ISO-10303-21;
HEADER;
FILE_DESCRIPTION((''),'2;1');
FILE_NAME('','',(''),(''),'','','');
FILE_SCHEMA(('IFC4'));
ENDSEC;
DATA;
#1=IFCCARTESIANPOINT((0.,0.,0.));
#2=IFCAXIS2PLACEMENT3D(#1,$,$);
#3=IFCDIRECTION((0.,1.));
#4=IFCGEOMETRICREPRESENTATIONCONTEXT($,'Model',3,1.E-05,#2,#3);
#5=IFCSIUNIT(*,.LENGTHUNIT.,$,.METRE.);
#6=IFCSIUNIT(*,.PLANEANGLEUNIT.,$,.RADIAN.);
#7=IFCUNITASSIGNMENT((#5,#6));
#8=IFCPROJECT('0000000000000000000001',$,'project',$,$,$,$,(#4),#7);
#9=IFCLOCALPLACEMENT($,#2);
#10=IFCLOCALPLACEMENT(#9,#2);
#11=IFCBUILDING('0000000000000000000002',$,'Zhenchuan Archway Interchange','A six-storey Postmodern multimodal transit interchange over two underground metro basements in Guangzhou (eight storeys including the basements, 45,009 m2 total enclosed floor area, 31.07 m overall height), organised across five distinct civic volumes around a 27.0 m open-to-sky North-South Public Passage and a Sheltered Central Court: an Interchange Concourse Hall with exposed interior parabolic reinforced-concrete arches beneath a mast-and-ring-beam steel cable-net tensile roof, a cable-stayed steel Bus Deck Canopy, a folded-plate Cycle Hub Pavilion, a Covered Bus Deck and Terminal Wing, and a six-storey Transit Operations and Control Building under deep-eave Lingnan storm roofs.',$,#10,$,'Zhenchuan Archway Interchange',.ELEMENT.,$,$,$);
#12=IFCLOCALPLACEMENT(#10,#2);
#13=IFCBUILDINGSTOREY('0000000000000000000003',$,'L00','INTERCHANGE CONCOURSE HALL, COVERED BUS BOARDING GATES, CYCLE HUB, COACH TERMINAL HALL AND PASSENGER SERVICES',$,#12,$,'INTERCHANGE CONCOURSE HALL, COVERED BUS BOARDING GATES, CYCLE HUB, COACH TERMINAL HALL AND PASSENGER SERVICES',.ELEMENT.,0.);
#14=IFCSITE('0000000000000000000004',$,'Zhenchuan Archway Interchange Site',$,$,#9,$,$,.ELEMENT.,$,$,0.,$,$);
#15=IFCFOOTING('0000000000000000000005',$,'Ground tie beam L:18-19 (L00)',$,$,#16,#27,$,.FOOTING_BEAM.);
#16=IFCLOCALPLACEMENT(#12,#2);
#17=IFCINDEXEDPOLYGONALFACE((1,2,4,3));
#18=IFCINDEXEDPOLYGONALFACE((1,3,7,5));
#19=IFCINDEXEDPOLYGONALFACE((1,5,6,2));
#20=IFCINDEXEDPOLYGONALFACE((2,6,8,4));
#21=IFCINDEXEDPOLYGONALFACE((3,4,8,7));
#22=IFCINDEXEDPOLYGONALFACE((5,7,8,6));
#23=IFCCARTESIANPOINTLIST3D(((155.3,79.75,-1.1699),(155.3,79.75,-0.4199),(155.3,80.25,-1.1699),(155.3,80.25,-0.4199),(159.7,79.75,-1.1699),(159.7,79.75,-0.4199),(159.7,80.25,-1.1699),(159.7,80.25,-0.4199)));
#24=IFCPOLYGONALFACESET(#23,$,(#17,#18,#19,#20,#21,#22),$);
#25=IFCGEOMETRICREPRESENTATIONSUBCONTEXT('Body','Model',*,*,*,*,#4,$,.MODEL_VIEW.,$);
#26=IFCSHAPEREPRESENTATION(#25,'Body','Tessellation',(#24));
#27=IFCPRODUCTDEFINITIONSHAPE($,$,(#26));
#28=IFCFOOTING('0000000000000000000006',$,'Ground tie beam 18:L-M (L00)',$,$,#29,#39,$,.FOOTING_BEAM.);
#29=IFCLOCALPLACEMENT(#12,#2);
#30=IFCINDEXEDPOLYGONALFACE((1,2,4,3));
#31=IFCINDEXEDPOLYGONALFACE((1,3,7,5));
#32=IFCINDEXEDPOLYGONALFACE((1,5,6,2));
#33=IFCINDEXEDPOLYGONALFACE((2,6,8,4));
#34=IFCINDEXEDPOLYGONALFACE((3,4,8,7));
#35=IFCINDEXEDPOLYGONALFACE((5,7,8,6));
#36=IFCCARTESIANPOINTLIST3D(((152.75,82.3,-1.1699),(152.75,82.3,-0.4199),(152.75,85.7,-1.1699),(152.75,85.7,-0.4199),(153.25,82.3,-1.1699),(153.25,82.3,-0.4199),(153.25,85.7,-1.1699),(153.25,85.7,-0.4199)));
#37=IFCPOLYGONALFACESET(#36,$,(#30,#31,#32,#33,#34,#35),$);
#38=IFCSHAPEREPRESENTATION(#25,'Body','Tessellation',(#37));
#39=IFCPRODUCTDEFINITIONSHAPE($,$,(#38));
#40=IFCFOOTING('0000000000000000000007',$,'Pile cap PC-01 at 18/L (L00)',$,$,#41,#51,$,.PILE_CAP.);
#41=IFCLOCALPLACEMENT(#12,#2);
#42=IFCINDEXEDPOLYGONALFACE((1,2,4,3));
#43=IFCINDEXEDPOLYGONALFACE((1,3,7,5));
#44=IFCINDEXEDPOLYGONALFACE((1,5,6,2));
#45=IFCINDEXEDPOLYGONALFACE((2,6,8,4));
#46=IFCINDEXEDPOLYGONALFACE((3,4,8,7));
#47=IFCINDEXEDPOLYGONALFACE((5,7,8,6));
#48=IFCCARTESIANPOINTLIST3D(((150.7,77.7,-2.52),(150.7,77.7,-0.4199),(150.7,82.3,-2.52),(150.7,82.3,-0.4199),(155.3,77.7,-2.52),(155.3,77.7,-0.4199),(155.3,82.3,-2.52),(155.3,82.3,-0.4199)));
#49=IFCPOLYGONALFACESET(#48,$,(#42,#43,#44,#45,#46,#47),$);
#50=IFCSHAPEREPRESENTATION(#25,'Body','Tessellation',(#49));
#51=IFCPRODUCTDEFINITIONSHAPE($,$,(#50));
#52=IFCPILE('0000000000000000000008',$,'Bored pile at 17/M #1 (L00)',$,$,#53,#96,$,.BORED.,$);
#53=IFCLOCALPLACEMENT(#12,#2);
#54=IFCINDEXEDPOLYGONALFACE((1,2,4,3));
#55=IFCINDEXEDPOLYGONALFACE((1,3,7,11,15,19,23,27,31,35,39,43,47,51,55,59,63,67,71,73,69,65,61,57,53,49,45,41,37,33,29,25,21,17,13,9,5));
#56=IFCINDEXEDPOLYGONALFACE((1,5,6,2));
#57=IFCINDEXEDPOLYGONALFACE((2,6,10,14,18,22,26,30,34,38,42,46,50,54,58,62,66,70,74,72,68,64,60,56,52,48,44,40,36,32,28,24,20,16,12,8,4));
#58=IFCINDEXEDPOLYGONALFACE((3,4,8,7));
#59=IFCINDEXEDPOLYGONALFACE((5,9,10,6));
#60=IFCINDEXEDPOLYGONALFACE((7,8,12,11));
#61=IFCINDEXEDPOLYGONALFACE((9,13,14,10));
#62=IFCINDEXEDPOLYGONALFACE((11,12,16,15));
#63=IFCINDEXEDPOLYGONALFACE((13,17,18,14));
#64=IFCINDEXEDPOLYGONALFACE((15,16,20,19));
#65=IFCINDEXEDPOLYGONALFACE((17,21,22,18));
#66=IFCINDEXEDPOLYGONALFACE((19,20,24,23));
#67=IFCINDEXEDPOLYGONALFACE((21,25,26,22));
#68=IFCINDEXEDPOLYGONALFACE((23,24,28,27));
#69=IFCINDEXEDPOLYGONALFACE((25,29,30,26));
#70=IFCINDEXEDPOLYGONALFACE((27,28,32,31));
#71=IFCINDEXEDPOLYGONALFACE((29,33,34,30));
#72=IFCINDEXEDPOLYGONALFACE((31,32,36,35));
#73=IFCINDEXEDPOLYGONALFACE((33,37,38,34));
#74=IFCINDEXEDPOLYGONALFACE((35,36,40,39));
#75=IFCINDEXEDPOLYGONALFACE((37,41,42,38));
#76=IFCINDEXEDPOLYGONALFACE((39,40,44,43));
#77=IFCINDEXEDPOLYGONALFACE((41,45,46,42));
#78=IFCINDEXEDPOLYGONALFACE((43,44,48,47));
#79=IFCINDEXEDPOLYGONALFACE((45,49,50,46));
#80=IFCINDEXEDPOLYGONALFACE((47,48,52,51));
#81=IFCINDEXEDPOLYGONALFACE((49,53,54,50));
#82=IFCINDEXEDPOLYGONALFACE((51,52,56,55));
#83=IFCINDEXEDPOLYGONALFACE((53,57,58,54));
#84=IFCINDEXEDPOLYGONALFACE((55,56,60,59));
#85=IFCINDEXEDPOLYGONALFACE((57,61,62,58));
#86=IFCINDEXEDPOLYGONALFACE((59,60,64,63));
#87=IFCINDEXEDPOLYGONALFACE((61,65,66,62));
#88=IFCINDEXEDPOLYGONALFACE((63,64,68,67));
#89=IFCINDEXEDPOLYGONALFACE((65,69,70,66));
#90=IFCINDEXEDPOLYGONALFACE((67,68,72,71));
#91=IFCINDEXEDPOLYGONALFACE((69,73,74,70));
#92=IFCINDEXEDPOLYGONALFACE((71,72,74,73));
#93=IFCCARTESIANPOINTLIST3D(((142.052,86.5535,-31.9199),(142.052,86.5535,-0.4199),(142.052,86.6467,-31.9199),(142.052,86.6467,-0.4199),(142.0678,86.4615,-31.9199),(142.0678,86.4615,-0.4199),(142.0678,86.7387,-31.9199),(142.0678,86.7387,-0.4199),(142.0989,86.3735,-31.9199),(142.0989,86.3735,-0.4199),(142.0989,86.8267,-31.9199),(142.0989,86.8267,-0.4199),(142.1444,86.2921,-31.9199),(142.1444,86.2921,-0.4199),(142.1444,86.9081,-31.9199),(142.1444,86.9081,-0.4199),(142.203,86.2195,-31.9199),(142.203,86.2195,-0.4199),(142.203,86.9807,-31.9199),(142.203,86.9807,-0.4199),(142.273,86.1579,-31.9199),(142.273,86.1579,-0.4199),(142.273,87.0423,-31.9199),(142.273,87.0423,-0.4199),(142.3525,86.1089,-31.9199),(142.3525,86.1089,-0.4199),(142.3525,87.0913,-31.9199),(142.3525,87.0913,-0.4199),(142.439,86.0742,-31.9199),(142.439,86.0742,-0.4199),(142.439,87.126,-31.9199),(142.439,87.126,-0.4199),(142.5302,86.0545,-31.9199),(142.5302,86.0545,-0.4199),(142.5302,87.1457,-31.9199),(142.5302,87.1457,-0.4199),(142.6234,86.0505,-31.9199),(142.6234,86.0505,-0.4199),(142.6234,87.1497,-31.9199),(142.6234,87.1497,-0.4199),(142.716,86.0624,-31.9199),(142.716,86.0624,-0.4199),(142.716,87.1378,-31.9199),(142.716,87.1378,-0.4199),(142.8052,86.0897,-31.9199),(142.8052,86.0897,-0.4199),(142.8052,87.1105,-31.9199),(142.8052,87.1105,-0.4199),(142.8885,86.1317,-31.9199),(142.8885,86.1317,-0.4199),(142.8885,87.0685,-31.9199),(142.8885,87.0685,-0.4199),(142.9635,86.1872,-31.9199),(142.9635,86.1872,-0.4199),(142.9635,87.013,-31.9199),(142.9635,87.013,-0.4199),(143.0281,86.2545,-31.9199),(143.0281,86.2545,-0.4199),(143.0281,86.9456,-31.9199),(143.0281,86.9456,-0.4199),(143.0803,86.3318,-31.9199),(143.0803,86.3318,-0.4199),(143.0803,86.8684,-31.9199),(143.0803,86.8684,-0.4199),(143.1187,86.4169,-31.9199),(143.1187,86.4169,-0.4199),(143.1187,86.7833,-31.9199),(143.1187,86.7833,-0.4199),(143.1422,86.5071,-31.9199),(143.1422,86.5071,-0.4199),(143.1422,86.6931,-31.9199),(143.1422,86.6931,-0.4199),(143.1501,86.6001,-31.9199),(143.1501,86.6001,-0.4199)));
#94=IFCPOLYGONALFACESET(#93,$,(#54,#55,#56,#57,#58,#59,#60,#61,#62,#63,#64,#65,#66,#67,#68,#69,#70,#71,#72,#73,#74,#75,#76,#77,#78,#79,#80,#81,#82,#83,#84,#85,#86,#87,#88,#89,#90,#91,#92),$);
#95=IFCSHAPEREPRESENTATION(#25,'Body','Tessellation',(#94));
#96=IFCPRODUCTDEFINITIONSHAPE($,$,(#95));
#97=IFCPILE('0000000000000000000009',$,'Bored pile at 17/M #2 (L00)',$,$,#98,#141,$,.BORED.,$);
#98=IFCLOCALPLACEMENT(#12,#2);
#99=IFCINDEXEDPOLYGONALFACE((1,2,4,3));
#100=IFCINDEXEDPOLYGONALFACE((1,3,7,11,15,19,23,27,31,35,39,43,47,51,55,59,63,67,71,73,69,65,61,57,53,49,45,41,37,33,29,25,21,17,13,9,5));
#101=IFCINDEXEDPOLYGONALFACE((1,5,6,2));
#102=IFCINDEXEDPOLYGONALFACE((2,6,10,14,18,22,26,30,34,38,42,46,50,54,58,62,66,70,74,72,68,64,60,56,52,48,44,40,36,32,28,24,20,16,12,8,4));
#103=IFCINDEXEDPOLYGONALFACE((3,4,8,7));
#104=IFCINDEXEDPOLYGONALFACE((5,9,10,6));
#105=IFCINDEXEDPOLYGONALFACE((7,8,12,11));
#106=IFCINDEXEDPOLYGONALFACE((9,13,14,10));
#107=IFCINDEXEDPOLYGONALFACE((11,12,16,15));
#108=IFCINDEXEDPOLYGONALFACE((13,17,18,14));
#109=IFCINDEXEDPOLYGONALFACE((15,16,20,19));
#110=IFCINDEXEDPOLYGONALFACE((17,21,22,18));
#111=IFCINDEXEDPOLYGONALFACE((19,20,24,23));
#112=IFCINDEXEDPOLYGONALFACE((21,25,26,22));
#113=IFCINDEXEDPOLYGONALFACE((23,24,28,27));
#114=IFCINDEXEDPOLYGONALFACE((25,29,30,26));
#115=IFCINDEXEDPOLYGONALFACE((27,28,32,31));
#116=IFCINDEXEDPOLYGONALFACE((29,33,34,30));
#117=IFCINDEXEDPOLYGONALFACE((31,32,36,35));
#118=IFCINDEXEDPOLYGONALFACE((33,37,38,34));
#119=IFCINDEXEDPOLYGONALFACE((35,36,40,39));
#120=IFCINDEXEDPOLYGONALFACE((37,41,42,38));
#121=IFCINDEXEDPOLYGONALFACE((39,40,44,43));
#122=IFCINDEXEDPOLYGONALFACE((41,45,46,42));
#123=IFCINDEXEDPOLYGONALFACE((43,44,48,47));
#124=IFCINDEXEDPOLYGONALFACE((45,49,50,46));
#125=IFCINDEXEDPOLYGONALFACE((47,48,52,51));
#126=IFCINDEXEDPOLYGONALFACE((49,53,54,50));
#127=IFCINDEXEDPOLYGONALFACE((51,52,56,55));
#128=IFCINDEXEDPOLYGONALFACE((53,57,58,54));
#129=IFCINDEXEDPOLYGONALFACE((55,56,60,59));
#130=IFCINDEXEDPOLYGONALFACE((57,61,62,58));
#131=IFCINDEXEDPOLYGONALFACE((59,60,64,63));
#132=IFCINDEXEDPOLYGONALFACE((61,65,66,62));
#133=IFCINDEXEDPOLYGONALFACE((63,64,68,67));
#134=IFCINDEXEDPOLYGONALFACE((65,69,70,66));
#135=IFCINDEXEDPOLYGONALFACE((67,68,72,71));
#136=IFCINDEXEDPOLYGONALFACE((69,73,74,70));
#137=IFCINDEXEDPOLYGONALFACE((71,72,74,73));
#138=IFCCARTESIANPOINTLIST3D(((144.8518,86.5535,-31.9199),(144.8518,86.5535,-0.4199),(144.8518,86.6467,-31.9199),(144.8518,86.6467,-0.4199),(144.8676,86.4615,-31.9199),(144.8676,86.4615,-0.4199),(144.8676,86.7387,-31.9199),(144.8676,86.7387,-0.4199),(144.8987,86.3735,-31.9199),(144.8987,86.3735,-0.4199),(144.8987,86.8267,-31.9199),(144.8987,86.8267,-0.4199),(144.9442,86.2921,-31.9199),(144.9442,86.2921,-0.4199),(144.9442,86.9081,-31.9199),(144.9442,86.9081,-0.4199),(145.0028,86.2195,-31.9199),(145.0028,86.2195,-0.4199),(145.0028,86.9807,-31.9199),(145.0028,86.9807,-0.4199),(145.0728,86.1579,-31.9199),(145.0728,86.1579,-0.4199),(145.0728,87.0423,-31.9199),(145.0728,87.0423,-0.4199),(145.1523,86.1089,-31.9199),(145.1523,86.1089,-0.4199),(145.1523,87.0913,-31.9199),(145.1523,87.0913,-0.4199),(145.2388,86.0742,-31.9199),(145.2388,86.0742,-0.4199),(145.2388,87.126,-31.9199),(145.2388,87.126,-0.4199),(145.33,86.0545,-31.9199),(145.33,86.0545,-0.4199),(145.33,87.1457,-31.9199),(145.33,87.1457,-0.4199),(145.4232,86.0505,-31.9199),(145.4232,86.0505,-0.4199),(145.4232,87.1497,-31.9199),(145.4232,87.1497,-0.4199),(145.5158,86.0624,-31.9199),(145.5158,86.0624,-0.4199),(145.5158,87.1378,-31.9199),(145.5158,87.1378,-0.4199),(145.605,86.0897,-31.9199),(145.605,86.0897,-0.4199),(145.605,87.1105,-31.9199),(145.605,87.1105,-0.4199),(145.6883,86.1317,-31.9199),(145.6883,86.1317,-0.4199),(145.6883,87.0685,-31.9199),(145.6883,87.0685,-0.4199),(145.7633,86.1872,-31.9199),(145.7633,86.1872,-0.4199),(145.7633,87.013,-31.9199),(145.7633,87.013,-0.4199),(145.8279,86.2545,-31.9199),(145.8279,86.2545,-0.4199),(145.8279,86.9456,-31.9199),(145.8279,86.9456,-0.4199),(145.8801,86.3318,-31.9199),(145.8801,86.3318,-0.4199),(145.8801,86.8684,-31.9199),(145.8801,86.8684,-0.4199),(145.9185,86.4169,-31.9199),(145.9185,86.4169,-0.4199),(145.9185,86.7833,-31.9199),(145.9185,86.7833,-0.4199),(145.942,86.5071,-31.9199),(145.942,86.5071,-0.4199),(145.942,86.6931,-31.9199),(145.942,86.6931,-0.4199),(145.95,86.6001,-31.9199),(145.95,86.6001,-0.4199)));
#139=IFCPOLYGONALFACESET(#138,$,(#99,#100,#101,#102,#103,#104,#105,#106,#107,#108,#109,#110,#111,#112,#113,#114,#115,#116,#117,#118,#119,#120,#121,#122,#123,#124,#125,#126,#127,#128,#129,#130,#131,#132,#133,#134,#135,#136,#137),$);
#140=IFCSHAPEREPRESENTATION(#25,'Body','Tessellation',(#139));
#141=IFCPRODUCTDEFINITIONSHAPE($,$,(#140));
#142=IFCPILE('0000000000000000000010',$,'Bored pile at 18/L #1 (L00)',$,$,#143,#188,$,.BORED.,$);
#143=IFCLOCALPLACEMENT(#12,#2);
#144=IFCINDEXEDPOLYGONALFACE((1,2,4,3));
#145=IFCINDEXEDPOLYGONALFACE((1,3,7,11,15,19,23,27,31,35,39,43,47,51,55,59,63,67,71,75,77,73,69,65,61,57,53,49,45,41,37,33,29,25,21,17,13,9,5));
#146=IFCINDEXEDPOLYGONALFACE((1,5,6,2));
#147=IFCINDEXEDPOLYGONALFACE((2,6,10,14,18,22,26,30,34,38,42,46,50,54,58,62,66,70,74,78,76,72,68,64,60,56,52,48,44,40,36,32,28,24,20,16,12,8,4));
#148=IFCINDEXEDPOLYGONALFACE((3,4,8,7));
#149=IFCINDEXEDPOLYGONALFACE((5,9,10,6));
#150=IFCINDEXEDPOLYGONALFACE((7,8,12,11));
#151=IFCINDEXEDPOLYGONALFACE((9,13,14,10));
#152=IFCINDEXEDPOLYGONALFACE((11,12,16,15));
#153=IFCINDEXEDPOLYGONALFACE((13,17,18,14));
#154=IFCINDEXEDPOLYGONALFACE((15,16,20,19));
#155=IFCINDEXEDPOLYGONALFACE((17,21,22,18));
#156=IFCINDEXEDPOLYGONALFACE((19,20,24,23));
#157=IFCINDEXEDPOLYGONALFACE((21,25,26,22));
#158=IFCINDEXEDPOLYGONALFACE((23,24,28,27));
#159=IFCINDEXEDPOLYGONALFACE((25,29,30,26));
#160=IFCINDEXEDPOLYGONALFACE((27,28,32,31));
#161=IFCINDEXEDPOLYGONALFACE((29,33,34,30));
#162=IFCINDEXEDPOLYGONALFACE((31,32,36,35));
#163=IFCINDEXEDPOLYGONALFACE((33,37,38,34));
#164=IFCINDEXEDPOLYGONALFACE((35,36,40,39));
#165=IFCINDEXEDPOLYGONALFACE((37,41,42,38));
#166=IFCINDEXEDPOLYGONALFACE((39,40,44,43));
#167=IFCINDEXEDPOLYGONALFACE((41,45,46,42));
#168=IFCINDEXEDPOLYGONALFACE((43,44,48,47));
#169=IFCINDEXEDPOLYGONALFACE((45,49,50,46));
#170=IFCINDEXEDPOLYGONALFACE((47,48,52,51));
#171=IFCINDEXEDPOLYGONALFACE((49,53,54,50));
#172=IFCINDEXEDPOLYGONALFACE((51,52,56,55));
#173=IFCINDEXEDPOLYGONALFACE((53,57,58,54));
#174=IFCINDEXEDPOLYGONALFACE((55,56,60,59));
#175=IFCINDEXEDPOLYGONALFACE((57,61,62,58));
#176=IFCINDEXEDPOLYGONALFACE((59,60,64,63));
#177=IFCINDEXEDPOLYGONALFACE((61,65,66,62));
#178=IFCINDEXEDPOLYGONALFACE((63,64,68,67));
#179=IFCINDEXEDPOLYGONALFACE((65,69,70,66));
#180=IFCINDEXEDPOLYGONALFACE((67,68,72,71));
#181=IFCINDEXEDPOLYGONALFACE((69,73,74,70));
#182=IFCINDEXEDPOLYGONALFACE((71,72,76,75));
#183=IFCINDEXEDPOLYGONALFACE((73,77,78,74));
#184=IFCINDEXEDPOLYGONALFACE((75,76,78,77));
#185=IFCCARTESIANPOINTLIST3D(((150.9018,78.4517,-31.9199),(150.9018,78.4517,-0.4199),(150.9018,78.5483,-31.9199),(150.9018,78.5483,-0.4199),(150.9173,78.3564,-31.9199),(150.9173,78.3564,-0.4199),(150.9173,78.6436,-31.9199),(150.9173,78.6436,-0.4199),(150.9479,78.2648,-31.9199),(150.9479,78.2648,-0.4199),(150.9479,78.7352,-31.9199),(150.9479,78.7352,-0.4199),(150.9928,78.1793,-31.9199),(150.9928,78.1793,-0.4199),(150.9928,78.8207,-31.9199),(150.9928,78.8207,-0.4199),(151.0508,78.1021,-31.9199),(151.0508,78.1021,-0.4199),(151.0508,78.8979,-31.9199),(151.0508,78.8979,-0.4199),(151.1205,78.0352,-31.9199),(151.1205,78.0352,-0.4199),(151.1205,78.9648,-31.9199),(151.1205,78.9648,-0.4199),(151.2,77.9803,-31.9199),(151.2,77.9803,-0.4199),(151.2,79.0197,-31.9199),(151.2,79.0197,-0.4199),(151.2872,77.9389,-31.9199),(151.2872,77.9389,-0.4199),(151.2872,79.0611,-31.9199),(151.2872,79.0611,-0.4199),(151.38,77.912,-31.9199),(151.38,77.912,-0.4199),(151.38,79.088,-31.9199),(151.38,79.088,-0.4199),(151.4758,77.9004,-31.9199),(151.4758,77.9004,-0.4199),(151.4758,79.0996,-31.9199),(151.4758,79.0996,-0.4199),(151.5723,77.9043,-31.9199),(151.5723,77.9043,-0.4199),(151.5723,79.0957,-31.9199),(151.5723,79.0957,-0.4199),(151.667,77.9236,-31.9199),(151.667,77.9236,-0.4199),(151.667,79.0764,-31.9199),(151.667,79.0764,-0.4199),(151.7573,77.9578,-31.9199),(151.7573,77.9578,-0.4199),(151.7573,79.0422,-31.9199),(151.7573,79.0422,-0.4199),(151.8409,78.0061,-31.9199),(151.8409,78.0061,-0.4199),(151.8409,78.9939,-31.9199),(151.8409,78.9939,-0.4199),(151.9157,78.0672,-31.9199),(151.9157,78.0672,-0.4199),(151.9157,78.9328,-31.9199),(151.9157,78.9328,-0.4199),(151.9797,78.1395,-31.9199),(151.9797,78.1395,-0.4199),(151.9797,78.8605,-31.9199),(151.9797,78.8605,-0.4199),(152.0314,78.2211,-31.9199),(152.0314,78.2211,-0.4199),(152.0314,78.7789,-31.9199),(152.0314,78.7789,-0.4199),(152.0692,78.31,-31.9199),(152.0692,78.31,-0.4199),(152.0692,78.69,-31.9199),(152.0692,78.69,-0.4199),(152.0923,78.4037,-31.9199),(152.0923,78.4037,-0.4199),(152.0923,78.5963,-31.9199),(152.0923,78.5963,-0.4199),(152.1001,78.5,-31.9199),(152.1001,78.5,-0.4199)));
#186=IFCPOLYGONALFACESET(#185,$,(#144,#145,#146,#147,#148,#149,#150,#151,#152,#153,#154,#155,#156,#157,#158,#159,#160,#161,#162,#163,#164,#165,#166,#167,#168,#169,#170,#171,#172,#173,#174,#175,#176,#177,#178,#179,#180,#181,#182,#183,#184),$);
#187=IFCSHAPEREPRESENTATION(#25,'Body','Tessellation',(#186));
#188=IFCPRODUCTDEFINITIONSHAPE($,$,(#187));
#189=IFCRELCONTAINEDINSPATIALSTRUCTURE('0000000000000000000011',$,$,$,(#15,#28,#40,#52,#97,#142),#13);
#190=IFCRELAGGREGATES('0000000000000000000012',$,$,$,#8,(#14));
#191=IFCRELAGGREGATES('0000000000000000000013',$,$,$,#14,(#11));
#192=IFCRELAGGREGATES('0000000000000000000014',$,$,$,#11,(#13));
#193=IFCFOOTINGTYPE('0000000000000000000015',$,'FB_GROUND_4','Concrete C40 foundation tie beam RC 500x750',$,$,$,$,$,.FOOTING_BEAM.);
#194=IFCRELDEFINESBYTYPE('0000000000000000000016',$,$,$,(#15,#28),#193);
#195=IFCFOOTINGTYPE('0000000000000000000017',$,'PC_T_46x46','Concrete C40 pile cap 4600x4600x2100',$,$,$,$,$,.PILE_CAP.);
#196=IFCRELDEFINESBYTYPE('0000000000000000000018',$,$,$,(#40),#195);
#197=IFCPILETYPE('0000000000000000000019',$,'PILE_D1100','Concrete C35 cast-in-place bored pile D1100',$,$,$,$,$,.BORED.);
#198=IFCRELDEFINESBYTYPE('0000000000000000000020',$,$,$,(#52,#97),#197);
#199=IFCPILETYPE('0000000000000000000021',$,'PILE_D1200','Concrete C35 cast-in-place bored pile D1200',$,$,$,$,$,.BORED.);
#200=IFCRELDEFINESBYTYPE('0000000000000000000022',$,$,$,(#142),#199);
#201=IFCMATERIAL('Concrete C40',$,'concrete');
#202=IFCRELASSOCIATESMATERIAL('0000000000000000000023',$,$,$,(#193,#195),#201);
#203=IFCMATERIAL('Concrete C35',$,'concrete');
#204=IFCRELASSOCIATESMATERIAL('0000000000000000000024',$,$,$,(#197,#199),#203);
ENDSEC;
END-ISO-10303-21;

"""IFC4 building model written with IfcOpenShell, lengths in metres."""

from ifc_helpers import new_model, si_unit, direction, frame, origin, origin_2d, place, context, subcontext, project, spatial, rectangle, circle, extrude, material, material_profile, profile_set, type_object, element, save


model = new_model("IFC4")

# Units and contexts
model_context = context("Model", 3, precision=1e-05, world=origin(), true_north=direction((0.0, 1.0)))
body_context = subcontext(model_context, "Body", "Model", "MODEL_VIEW")
ifc_project = project(units=[si_unit("LENGTHUNIT", "METRE"), si_unit("PLANEANGLEUNIT", "RADIAN")], contexts=[model_context])

# Site, building, storey
site_placement = place(None, origin())
site = spatial("IfcSite", under=ifc_project, at=site_placement, Name="Zhenchuan Archway Interchange Site", CompositionType="ELEMENT", RefElevation=0.0)
building_placement = place(site_placement, origin())
building = spatial("IfcBuilding", under=site, at=building_placement, Name="Zhenchuan Archway Interchange", Description="A six-storey Postmodern multimodal transit interchange over two underground metro basements in Guangzhou (eight storeys including the basements, 45,009 m2 total enclosed floor area, 31.07 m overall height), organised across five distinct civic volumes around a 27.0 m open-to-sky North-South Public Passage and a Sheltered Central Court: an Interchange Concourse Hall with exposed interior parabolic reinforced-concrete arches beneath a mast-and-ring-beam steel cable-net tensile roof, a cable-stayed steel Bus Deck Canopy, a folded-plate Cycle Hub Pavilion, a Covered Bus Deck and Terminal Wing, and a six-storey Transit Operations and Control Building under deep-eave Lingnan storm roofs.", LongName="Zhenchuan Archway Interchange", CompositionType="ELEMENT")
storey_placement = place(building_placement, origin())
storey = spatial("IfcBuildingStorey", under=building, at=storey_placement, Name="L00", Description="INTERCHANGE CONCOURSE HALL, COVERED BUS BOARDING GATES, CYCLE HUB, COACH TERMINAL HALL AND PASSENGER SERVICES", LongName="INTERCHANGE CONCOURSE HALL, COVERED BUS BOARDING GATES, CYCLE HUB, COACH TERMINAL HALL AND PASSENGER SERVICES", CompositionType="ELEMENT", Elevation=0.0)

# Footings
ifc_material_1 = material(Name="Concrete C40", Category="concrete")
ifc_material_profile_1 = material_profile(ifc_material_1, rectangle(XDim=0.5, YDim=0.75, at=origin_2d()), Name="RC 500x750")
ifc_profile_set_1 = profile_set([ifc_material_profile_1], Name="Concrete C40")
footing_type_1 = type_object("IfcFootingType", Name="FB_GROUND_4", Description="Concrete C40 foundation tie beam RC 500x750", PredefinedType="FOOTING_BEAM", material=ifc_profile_set_1)
footing_1_placement = place(storey_placement, frame((155.3, 80.0, -0.7949), z_axis=(1.0, 0.0, 0.0), x_axis=(0.0, 1.0, 0.0)))
element("IfcFooting", 1, at=footing_1_placement, inside=storey, type_object=footing_type_1, Name="Ground tie beam L:18-19 (L00)", PredefinedType="FOOTING_BEAM", context=body_context, shape_type="SweptSolid", body=[
    extrude(rectangle(XDim=0.5, YDim=0.75, at=origin_2d()), origin(), (0.0, 0.0, 1.0), 4.3999),
])
footing_2_placement = place(storey_placement, frame((153.0, 82.3, -0.7949), z_axis=(0.0, 1.0, 0.0), x_axis=(-1.0, 0.0, 0.0)))
element("IfcFooting", 2, at=footing_2_placement, inside=storey, type_object=footing_type_1, Name="Ground tie beam 18:L-M (L00)", PredefinedType="FOOTING_BEAM", context=body_context, shape_type="SweptSolid", body=[
    extrude(rectangle(XDim=0.5, YDim=0.75, at=origin_2d()), origin(), (0.0, 0.0, 1.0), 3.3999),
])
footing_type_2 = type_object("IfcFootingType", Name="PC_T_46x46", Description="Concrete C40 pile cap 4600x4600x2100", PredefinedType="PILE_CAP", material=ifc_material_1)
footing_3_placement = place(storey_placement, frame((153.0, 80.0, -2.52), z_axis=(0.0, 0.0, 1.0), x_axis=(1.0, 0.0, 0.0)))
element("IfcFooting", 3, at=footing_3_placement, inside=storey, type_object=footing_type_2, Name="Pile cap PC-01 at 18/L (L00)", PredefinedType="PILE_CAP", context=body_context, shape_type="SweptSolid", body=[
    extrude(rectangle(XDim=4.6001, YDim=4.6001, at=origin_2d()), origin(), (0.0, 0.0, 1.0), 2.1001),
])

# Piles
ifc_material_2 = material(Name="Concrete C35", Category="concrete")
ifc_material_profile_2 = material_profile(ifc_material_2, circle(Radius=0.55, at=origin_2d()), Name="BORED PILE 1100")
ifc_profile_set_2 = profile_set([ifc_material_profile_2], Name="Concrete C35")
pile_type_1 = type_object("IfcPileType", Name="PILE_D1100", Description="Concrete C35 cast-in-place bored pile D1100", PredefinedType="BORED", material=ifc_profile_set_2)
for number, where, z_axis, x_axis, name in (
    (4, (142.6001, 86.6001, -0.4199), (0.0, 0.0, -1.0), (1.0, 0.0, 0.0), "Bored pile at 17/M #1 (L00)"),
    (5, (145.3999, 86.6001, -0.4199), (0.0, 0.0, -1.0), (1.0, 0.0, 0.0), "Bored pile at 17/M #2 (L00)"),
):
    element("IfcPile", number, at=place(storey_placement, frame(where, z_axis=z_axis, x_axis=x_axis)), inside=storey, type_object=pile_type_1, Name=name, PredefinedType="BORED", context=body_context, shape_type="SweptSolid", body=[
        extrude(circle(Radius=0.55, at=origin_2d()), origin(), (0.0, 0.0, 1.0), 31.5),
    ])
ifc_material_profile_3 = material_profile(ifc_material_2, circle(Radius=0.6001, at=origin_2d()), Name="BORED PILE 1200")
ifc_profile_set_3 = profile_set([ifc_material_profile_3], Name="Concrete C35")
pile_type_2 = type_object("IfcPileType", Name="PILE_D1200", Description="Concrete C35 cast-in-place bored pile D1200", PredefinedType="BORED", material=ifc_profile_set_3)
for number, where, z_axis, x_axis, name in (
    (6, (151.5, 78.5, -0.4199), (0.0, 0.0, -1.0), (1.0, 0.0, 0.0), "Bored pile at 18/L #1 (L00)"),
):
    element("IfcPile", number, at=place(storey_placement, frame(where, z_axis=z_axis, x_axis=x_axis)), inside=storey, type_object=pile_type_2, Name=name, PredefinedType="BORED", context=body_context, shape_type="SweptSolid", body=[
        extrude(circle(Radius=0.6001, at=origin_2d()), origin(), (0.0, 0.0, 1.0), 31.5),
    ])

save(model, "model.ifc")
